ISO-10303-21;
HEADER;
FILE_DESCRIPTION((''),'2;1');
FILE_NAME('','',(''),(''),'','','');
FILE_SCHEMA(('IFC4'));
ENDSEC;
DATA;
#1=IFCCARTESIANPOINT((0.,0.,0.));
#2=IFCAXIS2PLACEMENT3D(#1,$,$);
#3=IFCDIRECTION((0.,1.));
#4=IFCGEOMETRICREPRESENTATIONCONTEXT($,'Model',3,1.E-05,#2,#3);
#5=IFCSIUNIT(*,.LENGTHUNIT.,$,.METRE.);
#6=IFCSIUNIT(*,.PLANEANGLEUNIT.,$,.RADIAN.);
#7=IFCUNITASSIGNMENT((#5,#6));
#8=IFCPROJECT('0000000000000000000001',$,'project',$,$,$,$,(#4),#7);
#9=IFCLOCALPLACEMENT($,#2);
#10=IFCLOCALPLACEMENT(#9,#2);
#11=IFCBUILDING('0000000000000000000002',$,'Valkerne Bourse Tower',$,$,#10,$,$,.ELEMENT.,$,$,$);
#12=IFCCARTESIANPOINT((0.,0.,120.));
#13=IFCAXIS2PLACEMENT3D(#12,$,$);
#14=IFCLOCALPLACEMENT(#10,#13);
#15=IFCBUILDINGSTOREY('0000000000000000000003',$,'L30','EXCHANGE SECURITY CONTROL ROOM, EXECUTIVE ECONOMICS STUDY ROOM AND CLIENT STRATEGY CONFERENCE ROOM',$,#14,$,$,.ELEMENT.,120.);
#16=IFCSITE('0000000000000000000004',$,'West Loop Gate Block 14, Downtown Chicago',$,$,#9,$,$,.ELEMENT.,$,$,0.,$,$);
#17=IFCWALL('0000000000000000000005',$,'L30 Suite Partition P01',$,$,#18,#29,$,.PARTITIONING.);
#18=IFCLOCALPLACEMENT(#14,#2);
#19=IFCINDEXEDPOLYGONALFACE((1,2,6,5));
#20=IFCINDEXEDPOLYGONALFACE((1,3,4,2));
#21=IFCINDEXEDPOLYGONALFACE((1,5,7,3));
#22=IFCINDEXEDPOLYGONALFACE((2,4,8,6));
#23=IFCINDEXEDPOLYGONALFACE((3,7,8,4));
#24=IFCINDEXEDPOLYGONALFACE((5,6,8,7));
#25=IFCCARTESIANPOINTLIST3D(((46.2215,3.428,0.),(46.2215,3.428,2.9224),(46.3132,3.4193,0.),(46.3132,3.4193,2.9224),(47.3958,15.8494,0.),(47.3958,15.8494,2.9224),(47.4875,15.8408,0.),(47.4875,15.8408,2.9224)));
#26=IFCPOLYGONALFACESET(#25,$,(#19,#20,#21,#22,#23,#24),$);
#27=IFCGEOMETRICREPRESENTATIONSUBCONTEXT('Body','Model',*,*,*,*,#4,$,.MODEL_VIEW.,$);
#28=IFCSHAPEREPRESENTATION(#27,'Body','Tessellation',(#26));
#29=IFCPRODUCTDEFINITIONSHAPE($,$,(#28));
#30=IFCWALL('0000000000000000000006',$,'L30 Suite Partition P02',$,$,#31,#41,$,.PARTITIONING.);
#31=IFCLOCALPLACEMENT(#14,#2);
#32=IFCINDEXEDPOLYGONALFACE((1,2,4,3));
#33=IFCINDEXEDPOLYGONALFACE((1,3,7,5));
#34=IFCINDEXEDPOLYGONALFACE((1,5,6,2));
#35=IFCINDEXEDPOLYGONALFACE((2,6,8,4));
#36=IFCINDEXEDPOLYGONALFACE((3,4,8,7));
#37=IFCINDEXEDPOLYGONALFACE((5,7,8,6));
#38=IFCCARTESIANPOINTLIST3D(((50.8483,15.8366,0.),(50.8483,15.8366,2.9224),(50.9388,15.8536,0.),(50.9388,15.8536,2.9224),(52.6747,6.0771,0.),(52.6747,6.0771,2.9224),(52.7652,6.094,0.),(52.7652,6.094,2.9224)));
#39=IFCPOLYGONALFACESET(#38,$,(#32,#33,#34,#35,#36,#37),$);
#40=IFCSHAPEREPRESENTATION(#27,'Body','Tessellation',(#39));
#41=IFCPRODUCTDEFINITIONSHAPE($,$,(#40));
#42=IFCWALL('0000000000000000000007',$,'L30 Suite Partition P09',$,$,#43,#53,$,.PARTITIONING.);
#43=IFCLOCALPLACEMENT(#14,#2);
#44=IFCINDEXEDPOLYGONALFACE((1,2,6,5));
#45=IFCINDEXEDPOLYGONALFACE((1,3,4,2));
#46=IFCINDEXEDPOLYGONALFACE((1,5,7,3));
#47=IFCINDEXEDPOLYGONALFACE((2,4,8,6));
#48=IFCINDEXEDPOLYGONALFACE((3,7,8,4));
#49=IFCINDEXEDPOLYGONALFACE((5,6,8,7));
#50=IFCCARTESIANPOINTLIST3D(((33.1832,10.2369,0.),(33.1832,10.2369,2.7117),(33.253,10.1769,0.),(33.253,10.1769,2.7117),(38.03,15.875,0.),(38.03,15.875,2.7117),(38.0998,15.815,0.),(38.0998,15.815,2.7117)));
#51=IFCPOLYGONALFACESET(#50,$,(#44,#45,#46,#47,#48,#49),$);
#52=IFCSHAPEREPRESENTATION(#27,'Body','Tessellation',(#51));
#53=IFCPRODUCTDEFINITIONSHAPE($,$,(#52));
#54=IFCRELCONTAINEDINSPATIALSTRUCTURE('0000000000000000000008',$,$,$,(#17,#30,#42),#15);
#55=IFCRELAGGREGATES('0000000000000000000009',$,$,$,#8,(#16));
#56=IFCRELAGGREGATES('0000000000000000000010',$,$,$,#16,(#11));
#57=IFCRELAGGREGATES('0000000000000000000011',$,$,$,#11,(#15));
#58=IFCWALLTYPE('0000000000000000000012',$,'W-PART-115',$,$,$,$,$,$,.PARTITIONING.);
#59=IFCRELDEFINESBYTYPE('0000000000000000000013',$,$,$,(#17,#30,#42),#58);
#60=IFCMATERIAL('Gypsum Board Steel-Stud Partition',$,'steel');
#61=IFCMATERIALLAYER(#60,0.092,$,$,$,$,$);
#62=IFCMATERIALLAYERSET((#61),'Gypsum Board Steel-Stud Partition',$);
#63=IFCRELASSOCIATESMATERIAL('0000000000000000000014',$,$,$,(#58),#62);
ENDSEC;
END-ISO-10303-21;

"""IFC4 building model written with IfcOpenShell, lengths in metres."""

from ifc_helpers import new_model, si_unit, direction, frame, frame_2d, origin, place, context, subcontext, project, spatial, rectangle, extrude, material, layer, layer_set, type_object, element, save


model = new_model("IFC4")

# Units and contexts
model_context = context("Model", 3, precision=1e-05, world=origin(), true_north=direction((0.0, 1.0)))
body_context = subcontext(model_context, "Body", "Model", "MODEL_VIEW")
ifc_project = project(units=[si_unit("LENGTHUNIT", "METRE"), si_unit("PLANEANGLEUNIT", "RADIAN")], contexts=[model_context])

# Site, building, storey
site_placement = place(None, origin())
site = spatial("IfcSite", under=ifc_project, at=site_placement, Name="West Loop Gate Block 14, Downtown Chicago", CompositionType="ELEMENT", RefElevation=0.0)
building_placement = place(site_placement, origin())
building = spatial("IfcBuilding", under=site, at=building_placement, Name="Valkerne Bourse Tower", CompositionType="ELEMENT")
storey_placement = place(building_placement, frame((0.0, 0.0, 120.0)))
storey = spatial("IfcBuildingStorey", under=building, at=storey_placement, Name="L30", Description="EXCHANGE SECURITY CONTROL ROOM, EXECUTIVE ECONOMICS STUDY ROOM AND CLIENT STRATEGY CONFERENCE ROOM", CompositionType="ELEMENT", Elevation=120.0)

# Walls
ifc_material_1 = material(Name="Gypsum Board Steel-Stud Partition", Category="steel")
ifc_layer_1 = layer(ifc_material_1, 0.092)
ifc_layer_set_1 = layer_set([ifc_layer_1], Name="Gypsum Board Steel-Stud Partition")
wall_type = type_object("IfcWallType", Name="W-PART-115", PredefinedType="PARTITIONING", material=ifc_layer_set_1)
wall_1_placement = place(storey_placement, frame((47.4417, 15.845, 0.0), z_axis=(0.0, 0.0, 1.0), x_axis=(-0.09412, -0.995561, 0.0)))
element("IfcWall", 1, at=wall_1_placement, inside=storey, type_object=wall_type, Name="L30 Suite Partition P01", PredefinedType="PARTITIONING", context=body_context, shape_type="SweptSolid", body=[
    extrude(rectangle(XDim=12.4768, YDim=0.092, at=frame_2d((6.2383, 0.0))), origin(), (0.0, 0.0, 1.0), 2.9224),
])
wall_2_placement = place(storey_placement, frame((50.8936, 15.845, 0.0), z_axis=(0.0, 0.0, 1.0), x_axis=(0.183949, -0.982936, 0.0)))
element("IfcWall", 2, at=wall_2_placement, inside=storey, type_object=wall_type, Name="L30 Suite Partition P02", PredefinedType="PARTITIONING", context=body_context, shape_type="SweptSolid", body=[
    extrude(rectangle(XDim=9.929, YDim=0.092, at=frame_2d((4.9644, 0.0))), origin(), (0.0, 0.0, 1.0), 2.9224),
])
wall_3_placement = place(storey_placement, frame((38.0649, 15.845, 0.0), z_axis=(0.0, 0.0, 1.0), x_axis=(-0.651891, -0.758312, 0.0)))
element("IfcWall", 3, at=wall_3_placement, inside=storey, type_object=wall_type, Name="L30 Suite Partition P09", PredefinedType="PARTITIONING", context=body_context, shape_type="SweptSolid", body=[
    extrude(rectangle(XDim=7.4351, YDim=0.092, at=frame_2d((3.7175, 0.0))), origin(), (0.0, 0.0, 1.0), 2.7117),
])

save(model, "model.ifc")
